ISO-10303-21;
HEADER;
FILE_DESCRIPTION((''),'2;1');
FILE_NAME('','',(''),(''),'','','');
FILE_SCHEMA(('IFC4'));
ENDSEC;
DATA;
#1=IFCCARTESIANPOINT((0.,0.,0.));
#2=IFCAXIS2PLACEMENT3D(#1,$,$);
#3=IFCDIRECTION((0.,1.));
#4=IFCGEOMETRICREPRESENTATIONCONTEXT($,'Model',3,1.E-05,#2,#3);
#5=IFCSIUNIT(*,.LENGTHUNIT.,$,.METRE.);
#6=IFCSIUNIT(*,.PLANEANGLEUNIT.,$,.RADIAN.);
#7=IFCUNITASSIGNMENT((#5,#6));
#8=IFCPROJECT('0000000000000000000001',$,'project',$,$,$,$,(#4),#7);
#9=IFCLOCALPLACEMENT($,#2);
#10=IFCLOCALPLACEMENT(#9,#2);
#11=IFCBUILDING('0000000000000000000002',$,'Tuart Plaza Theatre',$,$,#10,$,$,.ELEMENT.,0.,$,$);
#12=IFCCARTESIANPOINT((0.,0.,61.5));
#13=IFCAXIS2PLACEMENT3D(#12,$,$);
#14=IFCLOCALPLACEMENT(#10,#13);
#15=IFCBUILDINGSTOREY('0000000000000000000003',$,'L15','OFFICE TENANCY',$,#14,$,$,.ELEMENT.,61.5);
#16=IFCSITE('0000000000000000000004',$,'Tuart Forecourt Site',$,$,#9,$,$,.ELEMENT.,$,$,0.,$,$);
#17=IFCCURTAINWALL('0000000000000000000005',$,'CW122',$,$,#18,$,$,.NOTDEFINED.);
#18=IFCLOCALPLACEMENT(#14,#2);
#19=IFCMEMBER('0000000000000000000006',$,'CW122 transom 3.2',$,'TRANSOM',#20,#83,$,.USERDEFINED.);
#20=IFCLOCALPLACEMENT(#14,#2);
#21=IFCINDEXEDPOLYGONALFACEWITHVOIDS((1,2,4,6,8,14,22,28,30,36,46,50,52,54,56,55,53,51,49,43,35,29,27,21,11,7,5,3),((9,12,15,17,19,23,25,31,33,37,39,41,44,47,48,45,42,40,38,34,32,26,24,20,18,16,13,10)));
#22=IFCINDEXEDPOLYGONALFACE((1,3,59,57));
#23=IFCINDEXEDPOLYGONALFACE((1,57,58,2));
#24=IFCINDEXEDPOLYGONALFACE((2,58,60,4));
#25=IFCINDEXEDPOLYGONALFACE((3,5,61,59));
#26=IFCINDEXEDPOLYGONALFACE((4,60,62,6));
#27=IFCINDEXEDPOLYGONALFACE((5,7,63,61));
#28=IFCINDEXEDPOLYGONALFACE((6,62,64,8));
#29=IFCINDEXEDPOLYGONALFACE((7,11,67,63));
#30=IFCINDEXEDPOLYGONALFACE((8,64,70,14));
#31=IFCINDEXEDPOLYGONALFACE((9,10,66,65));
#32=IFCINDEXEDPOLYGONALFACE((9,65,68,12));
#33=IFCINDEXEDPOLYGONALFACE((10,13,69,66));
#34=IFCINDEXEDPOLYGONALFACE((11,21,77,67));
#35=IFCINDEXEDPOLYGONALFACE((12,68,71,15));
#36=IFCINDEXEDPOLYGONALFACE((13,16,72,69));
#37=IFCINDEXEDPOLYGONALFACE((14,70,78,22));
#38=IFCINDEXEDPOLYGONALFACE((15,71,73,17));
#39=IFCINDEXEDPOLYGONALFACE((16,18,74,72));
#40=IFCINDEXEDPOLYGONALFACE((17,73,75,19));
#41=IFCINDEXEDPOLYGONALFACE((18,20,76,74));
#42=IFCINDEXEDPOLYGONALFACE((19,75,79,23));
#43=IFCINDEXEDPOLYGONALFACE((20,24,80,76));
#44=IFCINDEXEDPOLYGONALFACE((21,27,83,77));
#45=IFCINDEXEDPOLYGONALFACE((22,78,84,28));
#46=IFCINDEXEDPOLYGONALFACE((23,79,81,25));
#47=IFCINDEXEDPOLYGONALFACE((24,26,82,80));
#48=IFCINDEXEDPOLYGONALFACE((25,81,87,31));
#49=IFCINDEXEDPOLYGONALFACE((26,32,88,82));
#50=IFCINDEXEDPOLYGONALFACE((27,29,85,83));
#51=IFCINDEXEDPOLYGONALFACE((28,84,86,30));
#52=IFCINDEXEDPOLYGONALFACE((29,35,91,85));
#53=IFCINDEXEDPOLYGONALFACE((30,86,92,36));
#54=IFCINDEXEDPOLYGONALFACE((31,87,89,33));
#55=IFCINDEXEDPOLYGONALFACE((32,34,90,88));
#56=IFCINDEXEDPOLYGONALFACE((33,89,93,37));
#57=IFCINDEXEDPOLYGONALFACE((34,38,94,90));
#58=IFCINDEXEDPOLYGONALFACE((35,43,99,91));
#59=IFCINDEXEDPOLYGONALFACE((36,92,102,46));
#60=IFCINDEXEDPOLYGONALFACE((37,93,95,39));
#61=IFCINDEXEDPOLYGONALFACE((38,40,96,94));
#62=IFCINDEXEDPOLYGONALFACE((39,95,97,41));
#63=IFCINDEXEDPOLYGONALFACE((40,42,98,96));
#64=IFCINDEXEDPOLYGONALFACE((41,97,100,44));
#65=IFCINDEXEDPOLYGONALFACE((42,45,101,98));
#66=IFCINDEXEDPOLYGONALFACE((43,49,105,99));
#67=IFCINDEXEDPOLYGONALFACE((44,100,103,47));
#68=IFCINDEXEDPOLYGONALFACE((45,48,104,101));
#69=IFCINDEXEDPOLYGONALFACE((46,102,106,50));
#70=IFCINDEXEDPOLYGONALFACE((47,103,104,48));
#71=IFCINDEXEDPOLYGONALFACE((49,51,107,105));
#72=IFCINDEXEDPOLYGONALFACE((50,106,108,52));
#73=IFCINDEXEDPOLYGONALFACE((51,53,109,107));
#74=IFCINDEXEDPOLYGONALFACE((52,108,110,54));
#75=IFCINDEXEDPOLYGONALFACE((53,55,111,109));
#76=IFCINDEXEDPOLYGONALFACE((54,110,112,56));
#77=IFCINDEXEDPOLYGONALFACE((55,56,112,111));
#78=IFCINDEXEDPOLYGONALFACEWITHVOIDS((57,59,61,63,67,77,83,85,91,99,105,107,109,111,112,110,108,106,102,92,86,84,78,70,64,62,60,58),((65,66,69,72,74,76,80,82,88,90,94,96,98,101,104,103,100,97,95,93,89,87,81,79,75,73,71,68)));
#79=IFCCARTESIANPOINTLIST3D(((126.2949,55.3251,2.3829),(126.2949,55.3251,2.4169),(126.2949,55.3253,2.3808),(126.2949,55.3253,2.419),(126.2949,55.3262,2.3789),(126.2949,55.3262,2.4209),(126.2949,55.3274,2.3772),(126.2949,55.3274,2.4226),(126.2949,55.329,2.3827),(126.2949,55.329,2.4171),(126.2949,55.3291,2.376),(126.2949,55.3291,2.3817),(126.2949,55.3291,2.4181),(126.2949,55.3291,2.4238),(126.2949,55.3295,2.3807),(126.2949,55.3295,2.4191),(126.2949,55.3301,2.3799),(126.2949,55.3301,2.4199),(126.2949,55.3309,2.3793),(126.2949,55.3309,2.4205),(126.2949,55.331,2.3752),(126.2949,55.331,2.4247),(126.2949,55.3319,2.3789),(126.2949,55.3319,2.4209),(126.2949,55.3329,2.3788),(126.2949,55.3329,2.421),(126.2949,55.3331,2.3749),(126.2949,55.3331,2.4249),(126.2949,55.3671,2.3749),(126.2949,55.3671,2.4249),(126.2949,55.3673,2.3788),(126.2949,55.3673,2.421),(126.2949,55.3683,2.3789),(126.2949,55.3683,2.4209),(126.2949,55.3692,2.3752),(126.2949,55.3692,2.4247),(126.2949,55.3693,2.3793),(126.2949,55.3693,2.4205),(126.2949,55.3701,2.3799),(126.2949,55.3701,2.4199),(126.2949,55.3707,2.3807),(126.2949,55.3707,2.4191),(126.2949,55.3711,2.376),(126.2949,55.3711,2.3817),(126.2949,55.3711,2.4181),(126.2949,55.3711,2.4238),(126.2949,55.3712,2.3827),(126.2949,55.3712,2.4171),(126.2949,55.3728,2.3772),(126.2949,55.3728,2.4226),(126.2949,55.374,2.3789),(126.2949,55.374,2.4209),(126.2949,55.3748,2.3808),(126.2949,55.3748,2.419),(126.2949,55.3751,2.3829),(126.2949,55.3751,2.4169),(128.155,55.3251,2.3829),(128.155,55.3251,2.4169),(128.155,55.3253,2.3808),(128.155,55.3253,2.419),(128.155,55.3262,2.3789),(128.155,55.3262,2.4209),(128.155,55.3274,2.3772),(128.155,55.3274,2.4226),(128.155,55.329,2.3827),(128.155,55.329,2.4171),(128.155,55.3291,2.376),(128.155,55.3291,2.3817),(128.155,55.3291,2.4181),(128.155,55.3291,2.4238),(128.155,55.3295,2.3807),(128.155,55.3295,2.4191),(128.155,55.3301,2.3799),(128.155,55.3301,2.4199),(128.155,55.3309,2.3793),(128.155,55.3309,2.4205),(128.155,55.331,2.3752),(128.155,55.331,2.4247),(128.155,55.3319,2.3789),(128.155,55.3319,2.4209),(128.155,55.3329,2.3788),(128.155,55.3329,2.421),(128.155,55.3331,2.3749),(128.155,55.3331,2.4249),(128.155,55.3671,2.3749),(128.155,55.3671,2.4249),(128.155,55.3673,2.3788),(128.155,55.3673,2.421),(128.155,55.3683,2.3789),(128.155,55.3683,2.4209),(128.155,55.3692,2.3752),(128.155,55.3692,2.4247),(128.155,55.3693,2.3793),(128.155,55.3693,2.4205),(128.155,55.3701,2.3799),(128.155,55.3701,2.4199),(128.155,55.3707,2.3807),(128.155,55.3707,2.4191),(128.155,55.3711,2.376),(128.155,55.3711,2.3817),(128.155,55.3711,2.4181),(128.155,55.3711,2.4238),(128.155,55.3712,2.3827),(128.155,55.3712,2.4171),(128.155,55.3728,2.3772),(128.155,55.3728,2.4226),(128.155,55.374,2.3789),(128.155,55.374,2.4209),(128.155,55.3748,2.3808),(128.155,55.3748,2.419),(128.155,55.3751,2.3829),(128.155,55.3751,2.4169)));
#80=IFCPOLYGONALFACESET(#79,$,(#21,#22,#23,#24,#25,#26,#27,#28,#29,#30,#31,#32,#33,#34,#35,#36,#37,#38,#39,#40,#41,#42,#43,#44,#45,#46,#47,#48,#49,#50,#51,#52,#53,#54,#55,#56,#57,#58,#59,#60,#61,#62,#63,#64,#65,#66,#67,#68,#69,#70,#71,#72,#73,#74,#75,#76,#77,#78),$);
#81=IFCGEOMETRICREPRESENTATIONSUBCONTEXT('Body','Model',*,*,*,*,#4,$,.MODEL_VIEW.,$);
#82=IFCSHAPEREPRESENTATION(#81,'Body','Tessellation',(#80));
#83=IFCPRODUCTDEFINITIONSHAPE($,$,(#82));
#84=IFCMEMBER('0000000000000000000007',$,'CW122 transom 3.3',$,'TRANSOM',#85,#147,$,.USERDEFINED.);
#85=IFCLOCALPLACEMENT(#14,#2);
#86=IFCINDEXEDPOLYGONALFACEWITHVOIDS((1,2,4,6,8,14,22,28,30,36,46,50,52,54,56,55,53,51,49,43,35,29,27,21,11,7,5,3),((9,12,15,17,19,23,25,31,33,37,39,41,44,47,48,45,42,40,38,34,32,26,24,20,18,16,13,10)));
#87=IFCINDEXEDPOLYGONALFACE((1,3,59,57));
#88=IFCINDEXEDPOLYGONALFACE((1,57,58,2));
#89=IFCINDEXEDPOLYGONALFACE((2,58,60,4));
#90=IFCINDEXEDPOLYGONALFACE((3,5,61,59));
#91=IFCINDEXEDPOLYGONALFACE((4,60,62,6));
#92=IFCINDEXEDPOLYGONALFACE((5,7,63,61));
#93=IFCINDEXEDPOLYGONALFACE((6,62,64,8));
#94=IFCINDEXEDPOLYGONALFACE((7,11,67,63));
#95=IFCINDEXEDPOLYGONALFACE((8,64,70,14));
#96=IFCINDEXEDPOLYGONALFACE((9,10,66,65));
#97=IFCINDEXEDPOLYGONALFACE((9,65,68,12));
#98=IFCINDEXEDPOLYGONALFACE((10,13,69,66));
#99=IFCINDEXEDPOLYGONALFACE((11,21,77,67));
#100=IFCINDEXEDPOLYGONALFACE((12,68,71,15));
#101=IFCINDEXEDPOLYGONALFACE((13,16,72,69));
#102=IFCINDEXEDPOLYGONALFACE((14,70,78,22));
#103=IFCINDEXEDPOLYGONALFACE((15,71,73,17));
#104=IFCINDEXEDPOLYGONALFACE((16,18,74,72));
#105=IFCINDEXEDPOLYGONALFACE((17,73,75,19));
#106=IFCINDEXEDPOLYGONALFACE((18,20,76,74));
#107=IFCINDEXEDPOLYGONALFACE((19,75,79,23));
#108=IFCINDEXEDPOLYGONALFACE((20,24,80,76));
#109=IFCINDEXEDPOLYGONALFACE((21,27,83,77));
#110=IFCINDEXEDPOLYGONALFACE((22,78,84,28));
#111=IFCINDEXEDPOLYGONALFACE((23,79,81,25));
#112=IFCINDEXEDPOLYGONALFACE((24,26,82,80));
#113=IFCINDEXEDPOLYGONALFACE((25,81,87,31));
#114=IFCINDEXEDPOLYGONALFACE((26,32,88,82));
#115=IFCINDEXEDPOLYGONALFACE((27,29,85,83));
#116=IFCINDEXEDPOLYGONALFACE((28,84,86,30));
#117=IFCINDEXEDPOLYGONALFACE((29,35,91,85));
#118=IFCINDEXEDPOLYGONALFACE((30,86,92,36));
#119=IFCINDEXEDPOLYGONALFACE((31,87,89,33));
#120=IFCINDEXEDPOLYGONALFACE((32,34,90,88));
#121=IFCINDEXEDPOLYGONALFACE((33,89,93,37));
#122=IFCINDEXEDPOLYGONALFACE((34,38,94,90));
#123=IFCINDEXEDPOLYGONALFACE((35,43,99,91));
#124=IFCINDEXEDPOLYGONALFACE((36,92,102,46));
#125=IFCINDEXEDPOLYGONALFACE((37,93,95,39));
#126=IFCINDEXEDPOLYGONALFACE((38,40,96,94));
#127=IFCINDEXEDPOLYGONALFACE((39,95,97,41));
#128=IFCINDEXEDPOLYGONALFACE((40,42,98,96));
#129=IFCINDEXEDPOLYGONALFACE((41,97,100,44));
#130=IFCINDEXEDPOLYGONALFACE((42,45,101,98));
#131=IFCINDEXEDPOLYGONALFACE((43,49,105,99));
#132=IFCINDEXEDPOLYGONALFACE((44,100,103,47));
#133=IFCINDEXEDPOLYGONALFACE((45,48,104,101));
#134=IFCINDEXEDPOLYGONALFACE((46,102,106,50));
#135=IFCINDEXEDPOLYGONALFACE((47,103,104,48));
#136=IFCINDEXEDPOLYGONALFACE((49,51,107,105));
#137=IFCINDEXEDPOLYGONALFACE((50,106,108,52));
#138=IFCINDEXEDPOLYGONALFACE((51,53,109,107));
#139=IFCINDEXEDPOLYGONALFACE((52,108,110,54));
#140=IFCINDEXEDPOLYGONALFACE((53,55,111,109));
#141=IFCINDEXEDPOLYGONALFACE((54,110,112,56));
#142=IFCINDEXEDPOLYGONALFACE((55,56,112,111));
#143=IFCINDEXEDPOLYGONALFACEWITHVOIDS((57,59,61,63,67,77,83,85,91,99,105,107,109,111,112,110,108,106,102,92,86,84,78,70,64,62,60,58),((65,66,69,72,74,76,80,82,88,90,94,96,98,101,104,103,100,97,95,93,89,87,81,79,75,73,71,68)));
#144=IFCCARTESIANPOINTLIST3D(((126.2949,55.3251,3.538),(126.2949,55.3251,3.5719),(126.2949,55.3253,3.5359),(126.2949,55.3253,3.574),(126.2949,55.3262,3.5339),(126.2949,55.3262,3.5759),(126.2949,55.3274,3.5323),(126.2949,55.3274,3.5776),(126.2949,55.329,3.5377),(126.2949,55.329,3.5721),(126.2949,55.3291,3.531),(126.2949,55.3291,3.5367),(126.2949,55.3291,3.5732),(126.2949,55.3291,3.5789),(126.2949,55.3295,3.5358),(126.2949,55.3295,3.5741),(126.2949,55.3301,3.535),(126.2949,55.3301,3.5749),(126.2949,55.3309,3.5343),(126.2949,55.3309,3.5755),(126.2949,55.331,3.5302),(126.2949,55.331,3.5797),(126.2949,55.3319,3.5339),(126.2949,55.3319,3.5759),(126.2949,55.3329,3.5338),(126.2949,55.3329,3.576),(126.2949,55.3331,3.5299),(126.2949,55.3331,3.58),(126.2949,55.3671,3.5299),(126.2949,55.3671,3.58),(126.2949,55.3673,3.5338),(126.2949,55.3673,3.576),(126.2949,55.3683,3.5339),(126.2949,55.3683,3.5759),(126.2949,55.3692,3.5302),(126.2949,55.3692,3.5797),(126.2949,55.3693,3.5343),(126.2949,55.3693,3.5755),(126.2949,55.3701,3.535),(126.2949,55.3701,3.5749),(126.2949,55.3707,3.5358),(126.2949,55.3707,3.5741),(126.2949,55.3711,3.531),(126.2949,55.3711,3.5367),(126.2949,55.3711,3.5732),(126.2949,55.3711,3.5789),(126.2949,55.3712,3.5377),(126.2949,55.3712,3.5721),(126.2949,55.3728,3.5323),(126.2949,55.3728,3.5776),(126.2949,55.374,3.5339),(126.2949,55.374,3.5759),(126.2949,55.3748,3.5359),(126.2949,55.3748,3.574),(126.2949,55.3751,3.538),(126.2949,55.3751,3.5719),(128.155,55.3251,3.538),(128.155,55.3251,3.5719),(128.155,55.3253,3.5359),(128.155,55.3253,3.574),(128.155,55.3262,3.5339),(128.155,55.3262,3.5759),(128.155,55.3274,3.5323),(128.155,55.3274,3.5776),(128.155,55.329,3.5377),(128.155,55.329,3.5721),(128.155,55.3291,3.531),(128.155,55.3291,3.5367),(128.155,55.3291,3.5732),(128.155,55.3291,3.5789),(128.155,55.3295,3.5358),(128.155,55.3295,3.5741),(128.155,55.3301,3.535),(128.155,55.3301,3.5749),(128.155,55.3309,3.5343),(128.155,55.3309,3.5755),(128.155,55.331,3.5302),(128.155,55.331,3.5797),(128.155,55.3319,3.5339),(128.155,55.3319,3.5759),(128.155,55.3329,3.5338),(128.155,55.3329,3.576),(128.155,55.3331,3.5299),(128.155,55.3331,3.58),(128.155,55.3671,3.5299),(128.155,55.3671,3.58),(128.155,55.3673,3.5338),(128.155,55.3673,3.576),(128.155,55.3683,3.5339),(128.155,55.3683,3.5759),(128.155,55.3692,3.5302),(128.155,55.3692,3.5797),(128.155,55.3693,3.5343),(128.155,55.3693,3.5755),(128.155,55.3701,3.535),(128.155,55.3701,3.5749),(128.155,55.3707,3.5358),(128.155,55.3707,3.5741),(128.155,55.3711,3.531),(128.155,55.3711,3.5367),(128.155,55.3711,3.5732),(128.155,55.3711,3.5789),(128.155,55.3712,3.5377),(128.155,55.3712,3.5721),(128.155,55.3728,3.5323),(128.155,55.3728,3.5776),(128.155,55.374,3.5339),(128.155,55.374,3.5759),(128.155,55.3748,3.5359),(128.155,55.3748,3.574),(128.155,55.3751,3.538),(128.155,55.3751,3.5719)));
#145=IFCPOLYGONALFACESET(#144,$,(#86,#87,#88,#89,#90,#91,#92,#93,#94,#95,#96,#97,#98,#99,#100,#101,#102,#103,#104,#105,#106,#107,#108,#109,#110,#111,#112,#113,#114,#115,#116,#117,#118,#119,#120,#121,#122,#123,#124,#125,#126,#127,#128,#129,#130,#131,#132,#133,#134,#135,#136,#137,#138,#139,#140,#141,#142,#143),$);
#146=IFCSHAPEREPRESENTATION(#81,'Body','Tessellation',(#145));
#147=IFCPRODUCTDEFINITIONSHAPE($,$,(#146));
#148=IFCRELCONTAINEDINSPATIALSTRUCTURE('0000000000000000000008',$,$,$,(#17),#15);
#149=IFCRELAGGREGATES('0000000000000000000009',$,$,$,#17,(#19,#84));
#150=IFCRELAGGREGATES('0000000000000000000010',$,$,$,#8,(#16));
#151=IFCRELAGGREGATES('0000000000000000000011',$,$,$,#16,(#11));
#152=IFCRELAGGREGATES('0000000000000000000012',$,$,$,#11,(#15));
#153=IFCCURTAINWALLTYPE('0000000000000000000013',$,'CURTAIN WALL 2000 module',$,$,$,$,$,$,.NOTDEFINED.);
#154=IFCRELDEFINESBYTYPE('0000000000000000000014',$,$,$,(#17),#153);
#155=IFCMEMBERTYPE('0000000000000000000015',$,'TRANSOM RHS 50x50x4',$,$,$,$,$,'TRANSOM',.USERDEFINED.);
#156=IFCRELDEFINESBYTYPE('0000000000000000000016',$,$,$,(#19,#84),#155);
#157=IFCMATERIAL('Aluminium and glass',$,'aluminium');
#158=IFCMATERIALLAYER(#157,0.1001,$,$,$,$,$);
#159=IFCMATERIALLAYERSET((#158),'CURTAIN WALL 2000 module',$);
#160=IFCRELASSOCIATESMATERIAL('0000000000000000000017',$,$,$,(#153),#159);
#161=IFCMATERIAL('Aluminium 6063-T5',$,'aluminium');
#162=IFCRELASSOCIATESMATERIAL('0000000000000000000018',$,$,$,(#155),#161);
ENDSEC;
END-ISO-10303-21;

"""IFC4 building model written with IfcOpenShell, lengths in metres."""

from ifc_helpers import new_model, si_unit, direction, frame, origin, origin_2d, place, context, subcontext, project, spatial, hollow_rectangle, extrude, material, layer, layer_set, material_profile, profile_set, type_object, element, aggregate, save


model = new_model("IFC4")

# Units and contexts
model_context = context("Model", 3, precision=1e-05, world=origin(), true_north=direction((0.0, 1.0)))
body_context = subcontext(model_context, "Body", "Model", "MODEL_VIEW")
ifc_project = project(units=[si_unit("LENGTHUNIT", "METRE"), si_unit("PLANEANGLEUNIT", "RADIAN")], contexts=[model_context])

# Site, building, storey
site_placement = place(None, origin())
site = spatial("IfcSite", under=ifc_project, at=site_placement, Name="Tuart Forecourt Site", CompositionType="ELEMENT", RefElevation=0.0)
building_placement = place(site_placement, origin())
building = spatial("IfcBuilding", under=site, at=building_placement, Name="Tuart Plaza Theatre", CompositionType="ELEMENT", ElevationOfRefHeight=0.0)
storey_placement = place(building_placement, frame((0.0, 0.0, 61.5)))
storey = spatial("IfcBuildingStorey", under=building, at=storey_placement, Name="L15", Description="OFFICE TENANCY", CompositionType="ELEMENT", Elevation=61.5)

# Curtain wall, members
ifc_material_1 = material(Name="Aluminium and glass", Category="aluminium")
ifc_layer_1 = layer(ifc_material_1, 0.1001)
ifc_layer_set_1 = layer_set([ifc_layer_1], Name="CURTAIN WALL 2000 module")
curtain_wall_type = type_object("IfcCurtainWallType", Name="CURTAIN WALL 2000 module", PredefinedType="NOTDEFINED", material=ifc_layer_set_1)
curtain_wall_placement = place(storey_placement, origin())
curtain_wall = element("IfcCurtainWall", 1, at=curtain_wall_placement, inside=storey, type_object=curtain_wall_type, Name="CW122", PredefinedType="NOTDEFINED")
ifc_material_2 = material(Name="Aluminium 6063-T5", Category="aluminium")
ifc_material_profile_1 = material_profile(ifc_material_2, hollow_rectangle(XDim=0.05, YDim=0.05, WallThickness=0.0039, InnerFilletRadius=0.0039, OuterFilletRadius=0.0081, at=origin_2d()), Name="RHS 50x50x4")
ifc_profile_set_1 = profile_set([ifc_material_profile_1], Name="Aluminium 6063-T5")
member_type_1 = type_object("IfcMemberType", Name="TRANSOM RHS 50x50x4", ElementType="TRANSOM", PredefinedType="USERDEFINED", material=ifc_profile_set_1)
member_1_placement = place(storey_placement, frame((126.2949, 55.3501, 2.3999), z_axis=(1.0, 0.0, 0.0), x_axis=(0.0, 1.0, 0.0)))
member_1 = element("IfcMember", 2, at=member_1_placement, type_object=member_type_1, Name="CW122 transom 3.2", ObjectType="TRANSOM", PredefinedType="USERDEFINED", context=body_context, shape_type="SweptSolid", body=[
    extrude(hollow_rectangle(XDim=0.05, YDim=0.05, WallThickness=0.0039, InnerFilletRadius=0.0039, OuterFilletRadius=0.0081, at=origin_2d()), origin(), (0.0, 0.0, 1.0), 1.8601),
])
member_2_placement = place(storey_placement, frame((126.2949, 55.3501, 3.5549), z_axis=(1.0, 0.0, 0.0), x_axis=(0.0, 1.0, 0.0)))
member_2 = element("IfcMember", 3, at=member_2_placement, type_object=member_type_1, Name="CW122 transom 3.3", ObjectType="TRANSOM", PredefinedType="USERDEFINED", context=body_context, shape_type="SweptSolid", body=[
    extrude(hollow_rectangle(XDim=0.05, YDim=0.05, WallThickness=0.0039, InnerFilletRadius=0.0039, OuterFilletRadius=0.0081, at=origin_2d()), origin(), (0.0, 0.0, 1.0), 1.8601),
])
aggregate(curtain_wall, [member_1, member_2])

save(model, "model.ifc")
